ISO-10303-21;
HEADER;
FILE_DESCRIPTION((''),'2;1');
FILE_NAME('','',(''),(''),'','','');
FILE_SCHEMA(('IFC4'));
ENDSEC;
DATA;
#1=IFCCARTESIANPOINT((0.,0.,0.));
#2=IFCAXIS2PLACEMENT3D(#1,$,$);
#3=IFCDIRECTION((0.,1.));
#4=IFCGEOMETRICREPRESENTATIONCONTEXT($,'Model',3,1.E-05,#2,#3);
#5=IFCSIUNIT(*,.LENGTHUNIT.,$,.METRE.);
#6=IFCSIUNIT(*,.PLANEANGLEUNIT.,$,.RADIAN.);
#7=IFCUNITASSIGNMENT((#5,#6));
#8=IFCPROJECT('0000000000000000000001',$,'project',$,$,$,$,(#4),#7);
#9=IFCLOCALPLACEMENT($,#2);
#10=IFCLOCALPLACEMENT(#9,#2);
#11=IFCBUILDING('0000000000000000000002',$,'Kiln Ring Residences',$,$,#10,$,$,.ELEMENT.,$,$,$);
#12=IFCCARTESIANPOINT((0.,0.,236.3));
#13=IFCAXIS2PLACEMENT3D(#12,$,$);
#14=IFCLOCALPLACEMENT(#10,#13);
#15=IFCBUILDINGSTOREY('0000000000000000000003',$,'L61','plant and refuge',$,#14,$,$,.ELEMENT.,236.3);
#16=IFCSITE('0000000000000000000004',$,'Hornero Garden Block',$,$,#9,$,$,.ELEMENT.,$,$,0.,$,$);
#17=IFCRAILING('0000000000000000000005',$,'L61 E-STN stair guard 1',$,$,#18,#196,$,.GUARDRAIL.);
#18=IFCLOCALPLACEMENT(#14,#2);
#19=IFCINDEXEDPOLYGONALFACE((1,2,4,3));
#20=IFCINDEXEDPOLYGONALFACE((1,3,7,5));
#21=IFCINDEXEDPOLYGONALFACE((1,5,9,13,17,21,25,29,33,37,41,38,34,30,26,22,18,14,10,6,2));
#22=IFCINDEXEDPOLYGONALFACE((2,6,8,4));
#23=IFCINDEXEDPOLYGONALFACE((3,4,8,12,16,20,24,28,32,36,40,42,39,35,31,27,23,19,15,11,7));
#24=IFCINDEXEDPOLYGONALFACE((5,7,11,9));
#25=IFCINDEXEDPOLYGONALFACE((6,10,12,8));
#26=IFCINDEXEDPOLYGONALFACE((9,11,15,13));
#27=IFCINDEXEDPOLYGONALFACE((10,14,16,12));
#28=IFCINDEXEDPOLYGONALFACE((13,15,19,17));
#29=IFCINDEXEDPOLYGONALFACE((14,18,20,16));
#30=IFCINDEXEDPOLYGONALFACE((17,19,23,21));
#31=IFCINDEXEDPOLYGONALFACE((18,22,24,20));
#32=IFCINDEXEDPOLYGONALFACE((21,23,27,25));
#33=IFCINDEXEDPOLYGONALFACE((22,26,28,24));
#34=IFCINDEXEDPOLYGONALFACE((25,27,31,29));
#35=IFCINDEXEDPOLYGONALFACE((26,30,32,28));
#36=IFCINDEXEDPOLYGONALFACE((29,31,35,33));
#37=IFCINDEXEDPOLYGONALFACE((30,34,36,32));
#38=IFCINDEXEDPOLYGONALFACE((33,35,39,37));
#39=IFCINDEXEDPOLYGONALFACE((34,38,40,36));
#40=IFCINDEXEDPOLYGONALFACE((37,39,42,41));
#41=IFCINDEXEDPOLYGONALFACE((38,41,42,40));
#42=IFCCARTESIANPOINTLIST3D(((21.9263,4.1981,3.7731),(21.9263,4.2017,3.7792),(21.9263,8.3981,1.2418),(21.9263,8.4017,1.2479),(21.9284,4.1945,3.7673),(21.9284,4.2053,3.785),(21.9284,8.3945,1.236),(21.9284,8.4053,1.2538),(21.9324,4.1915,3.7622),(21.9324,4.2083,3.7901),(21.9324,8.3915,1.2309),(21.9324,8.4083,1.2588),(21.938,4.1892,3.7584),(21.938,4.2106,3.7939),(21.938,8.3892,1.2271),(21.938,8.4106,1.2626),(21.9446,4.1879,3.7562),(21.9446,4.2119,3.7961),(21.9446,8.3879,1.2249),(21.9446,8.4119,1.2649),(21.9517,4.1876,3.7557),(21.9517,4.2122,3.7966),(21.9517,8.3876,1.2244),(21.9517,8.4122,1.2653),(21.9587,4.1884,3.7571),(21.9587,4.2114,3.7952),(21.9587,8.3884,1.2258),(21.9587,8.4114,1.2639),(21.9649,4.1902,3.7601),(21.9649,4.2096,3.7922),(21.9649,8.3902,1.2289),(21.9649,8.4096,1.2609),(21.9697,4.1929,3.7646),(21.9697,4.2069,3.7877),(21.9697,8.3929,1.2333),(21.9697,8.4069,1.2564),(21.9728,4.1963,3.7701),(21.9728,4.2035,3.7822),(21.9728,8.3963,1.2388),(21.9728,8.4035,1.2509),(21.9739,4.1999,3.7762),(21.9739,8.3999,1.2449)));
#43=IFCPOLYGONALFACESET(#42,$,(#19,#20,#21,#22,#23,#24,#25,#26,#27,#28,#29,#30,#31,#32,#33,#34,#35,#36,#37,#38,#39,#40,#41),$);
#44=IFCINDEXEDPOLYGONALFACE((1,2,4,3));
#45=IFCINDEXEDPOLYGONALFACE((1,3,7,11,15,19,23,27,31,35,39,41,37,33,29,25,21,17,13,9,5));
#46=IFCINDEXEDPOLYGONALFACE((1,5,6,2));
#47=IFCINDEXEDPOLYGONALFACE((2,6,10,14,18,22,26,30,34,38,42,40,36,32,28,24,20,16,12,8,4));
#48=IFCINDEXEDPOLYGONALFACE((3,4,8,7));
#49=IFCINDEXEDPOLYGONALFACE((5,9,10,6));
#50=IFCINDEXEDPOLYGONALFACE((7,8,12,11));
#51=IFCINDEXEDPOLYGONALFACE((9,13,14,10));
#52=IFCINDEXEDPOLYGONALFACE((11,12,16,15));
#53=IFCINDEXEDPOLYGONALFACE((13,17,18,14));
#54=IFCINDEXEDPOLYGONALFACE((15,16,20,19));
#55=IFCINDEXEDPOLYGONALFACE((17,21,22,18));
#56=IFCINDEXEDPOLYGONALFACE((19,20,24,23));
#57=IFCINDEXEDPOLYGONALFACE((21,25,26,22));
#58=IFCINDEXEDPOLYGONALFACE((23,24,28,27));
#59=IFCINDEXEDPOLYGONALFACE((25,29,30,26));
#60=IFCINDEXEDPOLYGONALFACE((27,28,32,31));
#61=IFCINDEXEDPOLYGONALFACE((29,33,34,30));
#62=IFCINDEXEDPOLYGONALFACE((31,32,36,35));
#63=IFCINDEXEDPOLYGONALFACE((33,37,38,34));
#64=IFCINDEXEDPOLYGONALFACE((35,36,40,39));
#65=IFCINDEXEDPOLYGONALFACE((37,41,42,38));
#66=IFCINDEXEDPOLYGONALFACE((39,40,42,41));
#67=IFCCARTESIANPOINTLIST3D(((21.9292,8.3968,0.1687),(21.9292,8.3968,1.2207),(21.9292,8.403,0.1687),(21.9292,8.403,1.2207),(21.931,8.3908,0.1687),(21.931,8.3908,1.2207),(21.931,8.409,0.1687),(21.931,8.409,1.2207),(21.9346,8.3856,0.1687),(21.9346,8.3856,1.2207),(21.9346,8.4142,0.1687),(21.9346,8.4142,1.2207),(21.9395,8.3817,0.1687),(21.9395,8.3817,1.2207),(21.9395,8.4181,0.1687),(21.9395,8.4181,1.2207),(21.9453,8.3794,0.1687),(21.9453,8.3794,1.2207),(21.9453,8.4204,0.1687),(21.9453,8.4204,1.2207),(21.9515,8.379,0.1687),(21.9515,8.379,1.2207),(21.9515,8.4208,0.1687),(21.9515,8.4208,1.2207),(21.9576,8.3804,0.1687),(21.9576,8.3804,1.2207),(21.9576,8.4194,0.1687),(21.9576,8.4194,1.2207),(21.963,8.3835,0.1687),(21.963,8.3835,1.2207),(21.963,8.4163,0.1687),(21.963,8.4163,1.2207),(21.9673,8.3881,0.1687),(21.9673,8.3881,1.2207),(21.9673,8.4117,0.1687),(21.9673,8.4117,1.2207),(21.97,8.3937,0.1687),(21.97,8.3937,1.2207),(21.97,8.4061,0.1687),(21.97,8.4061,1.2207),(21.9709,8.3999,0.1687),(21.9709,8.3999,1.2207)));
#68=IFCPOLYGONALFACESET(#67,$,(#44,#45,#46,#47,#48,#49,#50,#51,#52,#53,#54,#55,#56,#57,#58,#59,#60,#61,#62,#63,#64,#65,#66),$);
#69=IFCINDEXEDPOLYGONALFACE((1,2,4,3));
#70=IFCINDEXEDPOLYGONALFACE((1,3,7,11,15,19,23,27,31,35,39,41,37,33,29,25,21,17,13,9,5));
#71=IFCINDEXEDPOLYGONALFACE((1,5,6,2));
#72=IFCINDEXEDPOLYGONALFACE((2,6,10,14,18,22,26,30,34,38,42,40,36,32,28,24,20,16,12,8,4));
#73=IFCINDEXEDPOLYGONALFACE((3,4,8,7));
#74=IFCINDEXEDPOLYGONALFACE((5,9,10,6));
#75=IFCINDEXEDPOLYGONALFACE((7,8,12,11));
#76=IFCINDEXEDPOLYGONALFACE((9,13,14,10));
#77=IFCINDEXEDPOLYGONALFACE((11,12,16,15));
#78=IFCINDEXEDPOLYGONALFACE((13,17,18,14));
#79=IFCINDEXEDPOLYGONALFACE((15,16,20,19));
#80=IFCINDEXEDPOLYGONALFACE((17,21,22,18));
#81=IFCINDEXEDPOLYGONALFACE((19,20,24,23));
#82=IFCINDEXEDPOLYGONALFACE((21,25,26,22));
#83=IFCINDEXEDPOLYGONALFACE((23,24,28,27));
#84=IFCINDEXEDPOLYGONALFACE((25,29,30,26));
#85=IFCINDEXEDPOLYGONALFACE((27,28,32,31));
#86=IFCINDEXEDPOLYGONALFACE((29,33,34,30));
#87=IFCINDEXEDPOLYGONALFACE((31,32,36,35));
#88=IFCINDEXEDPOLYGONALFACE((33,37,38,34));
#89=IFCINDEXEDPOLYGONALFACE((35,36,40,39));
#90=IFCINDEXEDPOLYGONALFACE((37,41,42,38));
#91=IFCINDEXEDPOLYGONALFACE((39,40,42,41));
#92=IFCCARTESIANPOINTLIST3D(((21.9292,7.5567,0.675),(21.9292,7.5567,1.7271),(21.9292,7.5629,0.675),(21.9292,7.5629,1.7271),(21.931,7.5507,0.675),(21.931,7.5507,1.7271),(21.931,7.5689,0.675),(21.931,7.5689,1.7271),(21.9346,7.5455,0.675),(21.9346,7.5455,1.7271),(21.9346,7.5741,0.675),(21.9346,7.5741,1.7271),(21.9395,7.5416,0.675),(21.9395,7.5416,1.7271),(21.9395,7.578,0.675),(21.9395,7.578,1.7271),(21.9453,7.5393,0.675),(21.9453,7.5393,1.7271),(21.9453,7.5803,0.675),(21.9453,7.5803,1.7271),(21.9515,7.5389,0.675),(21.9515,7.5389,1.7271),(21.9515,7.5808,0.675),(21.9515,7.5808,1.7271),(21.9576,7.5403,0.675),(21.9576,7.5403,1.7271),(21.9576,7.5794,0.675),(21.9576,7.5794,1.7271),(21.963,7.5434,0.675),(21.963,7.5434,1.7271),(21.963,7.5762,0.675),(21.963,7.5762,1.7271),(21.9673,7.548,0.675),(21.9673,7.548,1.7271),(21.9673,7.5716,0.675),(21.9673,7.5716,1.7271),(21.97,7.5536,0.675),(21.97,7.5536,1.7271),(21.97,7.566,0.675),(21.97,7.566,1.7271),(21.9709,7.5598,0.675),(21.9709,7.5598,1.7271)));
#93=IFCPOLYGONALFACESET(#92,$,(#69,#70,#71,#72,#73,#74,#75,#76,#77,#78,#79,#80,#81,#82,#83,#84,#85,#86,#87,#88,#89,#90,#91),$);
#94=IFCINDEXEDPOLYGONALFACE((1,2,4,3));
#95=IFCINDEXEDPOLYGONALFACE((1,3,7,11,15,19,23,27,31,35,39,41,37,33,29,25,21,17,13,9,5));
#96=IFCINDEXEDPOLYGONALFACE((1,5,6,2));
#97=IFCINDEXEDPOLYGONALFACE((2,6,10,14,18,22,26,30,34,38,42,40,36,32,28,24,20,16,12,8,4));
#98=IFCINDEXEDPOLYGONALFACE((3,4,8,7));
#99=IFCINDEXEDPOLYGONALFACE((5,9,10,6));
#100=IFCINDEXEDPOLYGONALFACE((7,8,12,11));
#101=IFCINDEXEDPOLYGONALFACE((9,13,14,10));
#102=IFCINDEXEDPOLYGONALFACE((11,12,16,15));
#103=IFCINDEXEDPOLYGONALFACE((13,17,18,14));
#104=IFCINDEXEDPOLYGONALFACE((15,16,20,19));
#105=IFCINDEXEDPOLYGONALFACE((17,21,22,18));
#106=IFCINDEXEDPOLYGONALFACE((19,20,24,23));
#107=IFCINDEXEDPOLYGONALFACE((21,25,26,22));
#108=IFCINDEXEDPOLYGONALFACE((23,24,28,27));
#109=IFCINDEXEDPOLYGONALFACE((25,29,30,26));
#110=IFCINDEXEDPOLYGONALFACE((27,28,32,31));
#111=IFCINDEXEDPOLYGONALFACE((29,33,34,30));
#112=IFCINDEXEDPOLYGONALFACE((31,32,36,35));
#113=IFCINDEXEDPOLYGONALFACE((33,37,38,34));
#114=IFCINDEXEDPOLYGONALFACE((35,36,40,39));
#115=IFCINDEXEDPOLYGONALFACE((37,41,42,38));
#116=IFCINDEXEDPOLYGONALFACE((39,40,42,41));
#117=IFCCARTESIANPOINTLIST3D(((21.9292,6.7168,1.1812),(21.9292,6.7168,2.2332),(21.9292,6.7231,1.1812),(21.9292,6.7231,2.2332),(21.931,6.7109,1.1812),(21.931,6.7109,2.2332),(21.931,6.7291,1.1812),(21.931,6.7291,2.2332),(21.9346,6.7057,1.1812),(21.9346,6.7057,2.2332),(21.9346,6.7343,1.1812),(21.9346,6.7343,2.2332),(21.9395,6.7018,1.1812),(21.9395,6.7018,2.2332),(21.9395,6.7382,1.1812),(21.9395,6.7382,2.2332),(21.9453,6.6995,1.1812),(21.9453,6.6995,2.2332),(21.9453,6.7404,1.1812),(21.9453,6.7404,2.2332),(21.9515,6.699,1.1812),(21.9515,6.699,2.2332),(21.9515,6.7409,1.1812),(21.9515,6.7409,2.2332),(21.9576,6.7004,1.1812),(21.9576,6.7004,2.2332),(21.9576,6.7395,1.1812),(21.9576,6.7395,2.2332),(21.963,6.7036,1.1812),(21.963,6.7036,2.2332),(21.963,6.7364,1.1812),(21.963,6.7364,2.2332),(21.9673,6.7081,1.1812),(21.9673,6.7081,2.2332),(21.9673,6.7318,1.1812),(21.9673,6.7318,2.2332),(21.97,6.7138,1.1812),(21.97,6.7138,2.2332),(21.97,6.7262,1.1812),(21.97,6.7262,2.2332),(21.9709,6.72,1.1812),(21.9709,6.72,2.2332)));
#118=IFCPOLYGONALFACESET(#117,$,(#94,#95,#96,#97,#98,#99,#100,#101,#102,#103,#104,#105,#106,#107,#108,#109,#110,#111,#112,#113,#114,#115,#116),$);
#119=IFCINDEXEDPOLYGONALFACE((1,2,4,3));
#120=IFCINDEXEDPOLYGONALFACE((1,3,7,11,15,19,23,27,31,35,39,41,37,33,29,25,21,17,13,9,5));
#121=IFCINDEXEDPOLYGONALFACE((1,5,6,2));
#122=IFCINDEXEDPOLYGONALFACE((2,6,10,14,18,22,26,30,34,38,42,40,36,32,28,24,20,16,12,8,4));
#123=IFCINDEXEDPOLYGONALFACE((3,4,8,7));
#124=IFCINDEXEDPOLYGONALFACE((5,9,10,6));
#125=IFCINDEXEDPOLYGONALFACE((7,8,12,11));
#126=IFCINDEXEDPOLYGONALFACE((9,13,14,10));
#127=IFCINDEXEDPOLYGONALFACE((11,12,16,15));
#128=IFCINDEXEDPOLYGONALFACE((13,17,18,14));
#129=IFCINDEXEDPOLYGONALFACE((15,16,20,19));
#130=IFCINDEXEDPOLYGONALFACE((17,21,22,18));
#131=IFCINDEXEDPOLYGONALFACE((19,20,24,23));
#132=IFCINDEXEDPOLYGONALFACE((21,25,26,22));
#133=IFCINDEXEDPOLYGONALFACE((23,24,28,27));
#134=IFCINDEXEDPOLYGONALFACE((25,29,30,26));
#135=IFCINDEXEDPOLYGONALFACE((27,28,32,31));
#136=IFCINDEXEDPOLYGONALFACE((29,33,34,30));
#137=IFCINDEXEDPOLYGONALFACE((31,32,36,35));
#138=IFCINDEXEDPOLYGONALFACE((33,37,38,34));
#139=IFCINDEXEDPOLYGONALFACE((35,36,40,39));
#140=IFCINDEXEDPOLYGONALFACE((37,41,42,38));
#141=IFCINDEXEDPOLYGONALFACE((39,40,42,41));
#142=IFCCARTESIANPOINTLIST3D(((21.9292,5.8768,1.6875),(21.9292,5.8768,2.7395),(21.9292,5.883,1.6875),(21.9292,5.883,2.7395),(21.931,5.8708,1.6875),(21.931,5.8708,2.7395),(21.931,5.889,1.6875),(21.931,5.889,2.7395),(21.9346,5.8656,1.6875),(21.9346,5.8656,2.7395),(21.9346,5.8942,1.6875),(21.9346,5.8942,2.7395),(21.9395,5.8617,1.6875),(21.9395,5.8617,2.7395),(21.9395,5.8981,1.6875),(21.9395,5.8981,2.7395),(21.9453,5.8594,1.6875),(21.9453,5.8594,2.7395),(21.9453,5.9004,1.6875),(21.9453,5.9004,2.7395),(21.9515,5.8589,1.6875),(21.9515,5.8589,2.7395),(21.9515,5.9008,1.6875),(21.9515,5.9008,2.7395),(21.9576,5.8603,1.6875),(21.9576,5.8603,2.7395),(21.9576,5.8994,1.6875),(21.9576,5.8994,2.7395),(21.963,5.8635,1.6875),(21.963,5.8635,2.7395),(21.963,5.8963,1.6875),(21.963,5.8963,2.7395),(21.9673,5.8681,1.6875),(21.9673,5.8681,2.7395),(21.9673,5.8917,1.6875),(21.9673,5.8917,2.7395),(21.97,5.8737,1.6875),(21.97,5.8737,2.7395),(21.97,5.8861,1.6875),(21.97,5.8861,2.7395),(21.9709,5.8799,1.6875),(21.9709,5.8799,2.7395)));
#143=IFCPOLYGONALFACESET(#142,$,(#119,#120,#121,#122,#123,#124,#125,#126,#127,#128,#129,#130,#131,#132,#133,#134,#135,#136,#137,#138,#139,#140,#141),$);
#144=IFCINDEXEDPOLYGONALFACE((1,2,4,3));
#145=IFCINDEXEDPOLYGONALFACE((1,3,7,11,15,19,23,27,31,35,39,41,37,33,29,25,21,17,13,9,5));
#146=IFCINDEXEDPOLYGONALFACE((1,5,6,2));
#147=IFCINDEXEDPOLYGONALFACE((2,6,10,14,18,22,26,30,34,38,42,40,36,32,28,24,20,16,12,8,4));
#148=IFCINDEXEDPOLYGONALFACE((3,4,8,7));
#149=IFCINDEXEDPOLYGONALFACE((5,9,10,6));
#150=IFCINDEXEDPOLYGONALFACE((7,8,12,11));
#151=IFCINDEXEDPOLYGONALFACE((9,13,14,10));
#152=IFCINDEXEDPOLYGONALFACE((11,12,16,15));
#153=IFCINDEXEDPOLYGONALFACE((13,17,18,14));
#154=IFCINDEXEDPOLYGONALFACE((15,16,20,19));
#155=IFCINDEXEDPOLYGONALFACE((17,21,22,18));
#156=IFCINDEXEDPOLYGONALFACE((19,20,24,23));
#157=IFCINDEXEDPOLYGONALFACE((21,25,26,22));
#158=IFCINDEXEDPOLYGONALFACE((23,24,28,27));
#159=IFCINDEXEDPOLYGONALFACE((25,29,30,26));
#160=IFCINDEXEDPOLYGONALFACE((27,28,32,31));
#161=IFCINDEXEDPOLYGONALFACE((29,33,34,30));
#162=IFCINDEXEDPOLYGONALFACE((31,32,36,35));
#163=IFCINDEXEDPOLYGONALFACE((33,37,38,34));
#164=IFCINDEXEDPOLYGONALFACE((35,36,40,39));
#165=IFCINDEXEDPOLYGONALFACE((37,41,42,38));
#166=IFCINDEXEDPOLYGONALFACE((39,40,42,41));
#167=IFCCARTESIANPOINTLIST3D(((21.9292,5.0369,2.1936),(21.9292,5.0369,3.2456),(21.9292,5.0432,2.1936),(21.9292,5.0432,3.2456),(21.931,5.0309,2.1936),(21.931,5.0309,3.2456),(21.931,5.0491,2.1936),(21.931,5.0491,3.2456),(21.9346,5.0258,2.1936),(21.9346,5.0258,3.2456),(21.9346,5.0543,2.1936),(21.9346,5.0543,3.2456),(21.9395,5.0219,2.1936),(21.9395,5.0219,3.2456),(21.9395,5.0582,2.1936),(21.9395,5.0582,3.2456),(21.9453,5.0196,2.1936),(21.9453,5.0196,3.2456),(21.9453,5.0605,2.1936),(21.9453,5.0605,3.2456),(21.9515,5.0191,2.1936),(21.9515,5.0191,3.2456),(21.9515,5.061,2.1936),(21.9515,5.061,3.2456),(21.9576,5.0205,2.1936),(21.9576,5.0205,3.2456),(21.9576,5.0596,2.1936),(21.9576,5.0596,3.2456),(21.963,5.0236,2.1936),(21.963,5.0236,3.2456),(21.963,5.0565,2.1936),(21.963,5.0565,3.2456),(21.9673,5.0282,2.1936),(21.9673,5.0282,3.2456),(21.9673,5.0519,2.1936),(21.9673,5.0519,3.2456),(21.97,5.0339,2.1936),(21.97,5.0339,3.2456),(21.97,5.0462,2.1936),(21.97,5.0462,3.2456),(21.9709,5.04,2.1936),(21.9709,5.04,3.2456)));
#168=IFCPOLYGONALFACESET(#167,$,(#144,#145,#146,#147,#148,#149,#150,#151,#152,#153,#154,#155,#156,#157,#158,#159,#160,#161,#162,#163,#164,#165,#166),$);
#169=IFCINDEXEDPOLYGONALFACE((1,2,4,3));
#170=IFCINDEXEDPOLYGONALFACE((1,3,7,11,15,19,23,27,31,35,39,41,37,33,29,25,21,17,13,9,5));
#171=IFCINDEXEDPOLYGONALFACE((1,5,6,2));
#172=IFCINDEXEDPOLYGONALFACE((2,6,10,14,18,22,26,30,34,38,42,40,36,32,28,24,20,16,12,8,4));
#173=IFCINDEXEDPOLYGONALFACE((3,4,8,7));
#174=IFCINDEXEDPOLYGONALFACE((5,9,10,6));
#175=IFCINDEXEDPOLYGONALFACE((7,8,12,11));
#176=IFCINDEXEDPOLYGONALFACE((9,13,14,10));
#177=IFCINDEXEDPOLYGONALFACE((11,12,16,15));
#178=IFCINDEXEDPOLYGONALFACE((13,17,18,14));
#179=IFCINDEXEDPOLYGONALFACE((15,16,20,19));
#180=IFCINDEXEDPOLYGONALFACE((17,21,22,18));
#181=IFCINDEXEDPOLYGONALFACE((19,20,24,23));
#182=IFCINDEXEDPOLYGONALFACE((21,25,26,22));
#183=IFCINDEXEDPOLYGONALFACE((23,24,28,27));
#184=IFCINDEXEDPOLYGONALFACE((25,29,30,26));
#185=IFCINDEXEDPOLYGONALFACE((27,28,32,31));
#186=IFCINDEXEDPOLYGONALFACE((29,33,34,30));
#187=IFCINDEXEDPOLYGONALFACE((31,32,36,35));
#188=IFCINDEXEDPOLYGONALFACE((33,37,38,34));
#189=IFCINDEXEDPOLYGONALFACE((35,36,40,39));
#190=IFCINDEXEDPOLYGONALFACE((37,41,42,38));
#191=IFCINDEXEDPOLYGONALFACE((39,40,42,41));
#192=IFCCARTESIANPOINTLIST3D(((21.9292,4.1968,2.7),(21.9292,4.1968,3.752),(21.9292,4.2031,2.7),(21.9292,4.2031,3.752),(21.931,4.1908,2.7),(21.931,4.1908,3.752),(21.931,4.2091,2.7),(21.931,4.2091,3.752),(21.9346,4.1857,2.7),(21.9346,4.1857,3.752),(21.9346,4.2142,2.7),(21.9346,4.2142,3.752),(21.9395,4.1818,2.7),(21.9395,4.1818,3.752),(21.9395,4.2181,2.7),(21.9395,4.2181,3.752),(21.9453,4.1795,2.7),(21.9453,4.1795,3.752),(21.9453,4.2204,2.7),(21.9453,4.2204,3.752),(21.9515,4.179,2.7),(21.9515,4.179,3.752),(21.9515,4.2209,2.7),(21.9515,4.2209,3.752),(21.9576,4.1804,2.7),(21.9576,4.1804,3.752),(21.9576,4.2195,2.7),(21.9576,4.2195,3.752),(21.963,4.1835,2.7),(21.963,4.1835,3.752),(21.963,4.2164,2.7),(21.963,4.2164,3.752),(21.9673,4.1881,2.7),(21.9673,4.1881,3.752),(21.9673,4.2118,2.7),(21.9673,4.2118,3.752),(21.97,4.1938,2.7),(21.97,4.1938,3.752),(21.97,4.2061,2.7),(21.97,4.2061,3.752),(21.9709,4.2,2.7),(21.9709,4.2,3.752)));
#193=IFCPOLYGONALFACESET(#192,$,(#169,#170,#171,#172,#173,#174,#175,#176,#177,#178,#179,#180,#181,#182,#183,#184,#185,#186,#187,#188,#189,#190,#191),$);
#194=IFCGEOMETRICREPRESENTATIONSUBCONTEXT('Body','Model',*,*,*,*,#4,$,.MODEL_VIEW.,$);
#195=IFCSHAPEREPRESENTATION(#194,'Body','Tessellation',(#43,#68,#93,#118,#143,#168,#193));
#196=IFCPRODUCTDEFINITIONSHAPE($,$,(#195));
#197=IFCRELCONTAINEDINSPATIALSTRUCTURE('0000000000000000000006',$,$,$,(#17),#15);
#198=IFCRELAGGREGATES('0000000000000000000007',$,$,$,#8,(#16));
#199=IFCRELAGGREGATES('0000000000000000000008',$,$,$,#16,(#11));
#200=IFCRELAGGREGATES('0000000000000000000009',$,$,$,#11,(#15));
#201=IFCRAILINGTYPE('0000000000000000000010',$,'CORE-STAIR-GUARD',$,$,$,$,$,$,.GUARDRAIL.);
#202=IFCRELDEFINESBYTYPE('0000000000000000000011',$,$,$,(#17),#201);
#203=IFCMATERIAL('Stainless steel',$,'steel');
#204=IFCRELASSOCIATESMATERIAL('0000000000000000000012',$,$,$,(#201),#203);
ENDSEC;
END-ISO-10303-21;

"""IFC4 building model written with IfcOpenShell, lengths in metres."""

from ifc_helpers import new_model, si_unit, direction, frame, origin, origin_2d, place, context, subcontext, project, spatial, circle, extrude, material, type_object, element, save


model = new_model("IFC4")

# Units and contexts
model_context = context("Model", 3, precision=1e-05, world=origin(), true_north=direction((0.0, 1.0)))
body_context = subcontext(model_context, "Body", "Model", "MODEL_VIEW")
ifc_project = project(units=[si_unit("LENGTHUNIT", "METRE"), si_unit("PLANEANGLEUNIT", "RADIAN")], contexts=[model_context])

# Site, building, storey
site_placement = place(None, origin())
site = spatial("IfcSite", under=ifc_project, at=site_placement, Name="Hornero Garden Block", CompositionType="ELEMENT", RefElevation=0.0)
building_placement = place(site_placement, origin())
building = spatial("IfcBuilding", under=site, at=building_placement, Name="Kiln Ring Residences", CompositionType="ELEMENT")
storey_placement = place(building_placement, frame((0.0, 0.0, 236.3)))
storey = spatial("IfcBuildingStorey", under=building, at=storey_placement, Name="L61", Description="plant and refuge", CompositionType="ELEMENT", Elevation=236.3)

# Railing
ifc_material_1 = material(Name="Stainless steel", Category="steel")
railing_type_1 = type_object("IfcRailingType", Name="CORE-STAIR-GUARD", PredefinedType="GUARDRAIL", material=ifc_material_1)
railing_1_placement = place(storey_placement, frame((21.95, 8.3999, 0.1687)))
element("IfcRailing", 1, at=railing_1_placement, inside=storey, type_object=railing_type_1, Name="L61 E-STN stair guard 1", PredefinedType="GUARDRAIL", context=body_context, shape_type="SweptSolid", body=[
    extrude(circle(Radius=0.0239, at=origin_2d()), frame((0.0, 0.0, 1.0762), z_axis=(0.0, -0.856476, 0.516186), x_axis=(1.0, 0.0, 0.0)), (0.0, 0.0, 1.0), 4.9038),
    extrude(circle(Radius=0.021, at=origin_2d()), origin(), (0.0, 0.0, 1.0), 1.052),
    extrude(circle(Radius=0.021, at=origin_2d()), frame((0.0, -0.8401, 0.5063)), (0.0, 0.0, 1.0), 1.052),
    extrude(circle(Radius=0.021, at=origin_2d()), frame((0.0, -1.6799, 1.0125)), (0.0, 0.0, 1.0), 1.052),
    extrude(circle(Radius=0.021, at=origin_2d()), frame((0.0, -2.52, 1.5188)), (0.0, 0.0, 1.0), 1.052),
    extrude(circle(Radius=0.021, at=origin_2d()), frame((0.0, -3.3599, 2.0249)), (0.0, 0.0, 1.0), 1.052),
    extrude(circle(Radius=0.021, at=origin_2d()), frame((0.0, -4.2, 2.5312)), (0.0, 0.0, 1.0), 1.052),
])

save(model, "model.ifc")
